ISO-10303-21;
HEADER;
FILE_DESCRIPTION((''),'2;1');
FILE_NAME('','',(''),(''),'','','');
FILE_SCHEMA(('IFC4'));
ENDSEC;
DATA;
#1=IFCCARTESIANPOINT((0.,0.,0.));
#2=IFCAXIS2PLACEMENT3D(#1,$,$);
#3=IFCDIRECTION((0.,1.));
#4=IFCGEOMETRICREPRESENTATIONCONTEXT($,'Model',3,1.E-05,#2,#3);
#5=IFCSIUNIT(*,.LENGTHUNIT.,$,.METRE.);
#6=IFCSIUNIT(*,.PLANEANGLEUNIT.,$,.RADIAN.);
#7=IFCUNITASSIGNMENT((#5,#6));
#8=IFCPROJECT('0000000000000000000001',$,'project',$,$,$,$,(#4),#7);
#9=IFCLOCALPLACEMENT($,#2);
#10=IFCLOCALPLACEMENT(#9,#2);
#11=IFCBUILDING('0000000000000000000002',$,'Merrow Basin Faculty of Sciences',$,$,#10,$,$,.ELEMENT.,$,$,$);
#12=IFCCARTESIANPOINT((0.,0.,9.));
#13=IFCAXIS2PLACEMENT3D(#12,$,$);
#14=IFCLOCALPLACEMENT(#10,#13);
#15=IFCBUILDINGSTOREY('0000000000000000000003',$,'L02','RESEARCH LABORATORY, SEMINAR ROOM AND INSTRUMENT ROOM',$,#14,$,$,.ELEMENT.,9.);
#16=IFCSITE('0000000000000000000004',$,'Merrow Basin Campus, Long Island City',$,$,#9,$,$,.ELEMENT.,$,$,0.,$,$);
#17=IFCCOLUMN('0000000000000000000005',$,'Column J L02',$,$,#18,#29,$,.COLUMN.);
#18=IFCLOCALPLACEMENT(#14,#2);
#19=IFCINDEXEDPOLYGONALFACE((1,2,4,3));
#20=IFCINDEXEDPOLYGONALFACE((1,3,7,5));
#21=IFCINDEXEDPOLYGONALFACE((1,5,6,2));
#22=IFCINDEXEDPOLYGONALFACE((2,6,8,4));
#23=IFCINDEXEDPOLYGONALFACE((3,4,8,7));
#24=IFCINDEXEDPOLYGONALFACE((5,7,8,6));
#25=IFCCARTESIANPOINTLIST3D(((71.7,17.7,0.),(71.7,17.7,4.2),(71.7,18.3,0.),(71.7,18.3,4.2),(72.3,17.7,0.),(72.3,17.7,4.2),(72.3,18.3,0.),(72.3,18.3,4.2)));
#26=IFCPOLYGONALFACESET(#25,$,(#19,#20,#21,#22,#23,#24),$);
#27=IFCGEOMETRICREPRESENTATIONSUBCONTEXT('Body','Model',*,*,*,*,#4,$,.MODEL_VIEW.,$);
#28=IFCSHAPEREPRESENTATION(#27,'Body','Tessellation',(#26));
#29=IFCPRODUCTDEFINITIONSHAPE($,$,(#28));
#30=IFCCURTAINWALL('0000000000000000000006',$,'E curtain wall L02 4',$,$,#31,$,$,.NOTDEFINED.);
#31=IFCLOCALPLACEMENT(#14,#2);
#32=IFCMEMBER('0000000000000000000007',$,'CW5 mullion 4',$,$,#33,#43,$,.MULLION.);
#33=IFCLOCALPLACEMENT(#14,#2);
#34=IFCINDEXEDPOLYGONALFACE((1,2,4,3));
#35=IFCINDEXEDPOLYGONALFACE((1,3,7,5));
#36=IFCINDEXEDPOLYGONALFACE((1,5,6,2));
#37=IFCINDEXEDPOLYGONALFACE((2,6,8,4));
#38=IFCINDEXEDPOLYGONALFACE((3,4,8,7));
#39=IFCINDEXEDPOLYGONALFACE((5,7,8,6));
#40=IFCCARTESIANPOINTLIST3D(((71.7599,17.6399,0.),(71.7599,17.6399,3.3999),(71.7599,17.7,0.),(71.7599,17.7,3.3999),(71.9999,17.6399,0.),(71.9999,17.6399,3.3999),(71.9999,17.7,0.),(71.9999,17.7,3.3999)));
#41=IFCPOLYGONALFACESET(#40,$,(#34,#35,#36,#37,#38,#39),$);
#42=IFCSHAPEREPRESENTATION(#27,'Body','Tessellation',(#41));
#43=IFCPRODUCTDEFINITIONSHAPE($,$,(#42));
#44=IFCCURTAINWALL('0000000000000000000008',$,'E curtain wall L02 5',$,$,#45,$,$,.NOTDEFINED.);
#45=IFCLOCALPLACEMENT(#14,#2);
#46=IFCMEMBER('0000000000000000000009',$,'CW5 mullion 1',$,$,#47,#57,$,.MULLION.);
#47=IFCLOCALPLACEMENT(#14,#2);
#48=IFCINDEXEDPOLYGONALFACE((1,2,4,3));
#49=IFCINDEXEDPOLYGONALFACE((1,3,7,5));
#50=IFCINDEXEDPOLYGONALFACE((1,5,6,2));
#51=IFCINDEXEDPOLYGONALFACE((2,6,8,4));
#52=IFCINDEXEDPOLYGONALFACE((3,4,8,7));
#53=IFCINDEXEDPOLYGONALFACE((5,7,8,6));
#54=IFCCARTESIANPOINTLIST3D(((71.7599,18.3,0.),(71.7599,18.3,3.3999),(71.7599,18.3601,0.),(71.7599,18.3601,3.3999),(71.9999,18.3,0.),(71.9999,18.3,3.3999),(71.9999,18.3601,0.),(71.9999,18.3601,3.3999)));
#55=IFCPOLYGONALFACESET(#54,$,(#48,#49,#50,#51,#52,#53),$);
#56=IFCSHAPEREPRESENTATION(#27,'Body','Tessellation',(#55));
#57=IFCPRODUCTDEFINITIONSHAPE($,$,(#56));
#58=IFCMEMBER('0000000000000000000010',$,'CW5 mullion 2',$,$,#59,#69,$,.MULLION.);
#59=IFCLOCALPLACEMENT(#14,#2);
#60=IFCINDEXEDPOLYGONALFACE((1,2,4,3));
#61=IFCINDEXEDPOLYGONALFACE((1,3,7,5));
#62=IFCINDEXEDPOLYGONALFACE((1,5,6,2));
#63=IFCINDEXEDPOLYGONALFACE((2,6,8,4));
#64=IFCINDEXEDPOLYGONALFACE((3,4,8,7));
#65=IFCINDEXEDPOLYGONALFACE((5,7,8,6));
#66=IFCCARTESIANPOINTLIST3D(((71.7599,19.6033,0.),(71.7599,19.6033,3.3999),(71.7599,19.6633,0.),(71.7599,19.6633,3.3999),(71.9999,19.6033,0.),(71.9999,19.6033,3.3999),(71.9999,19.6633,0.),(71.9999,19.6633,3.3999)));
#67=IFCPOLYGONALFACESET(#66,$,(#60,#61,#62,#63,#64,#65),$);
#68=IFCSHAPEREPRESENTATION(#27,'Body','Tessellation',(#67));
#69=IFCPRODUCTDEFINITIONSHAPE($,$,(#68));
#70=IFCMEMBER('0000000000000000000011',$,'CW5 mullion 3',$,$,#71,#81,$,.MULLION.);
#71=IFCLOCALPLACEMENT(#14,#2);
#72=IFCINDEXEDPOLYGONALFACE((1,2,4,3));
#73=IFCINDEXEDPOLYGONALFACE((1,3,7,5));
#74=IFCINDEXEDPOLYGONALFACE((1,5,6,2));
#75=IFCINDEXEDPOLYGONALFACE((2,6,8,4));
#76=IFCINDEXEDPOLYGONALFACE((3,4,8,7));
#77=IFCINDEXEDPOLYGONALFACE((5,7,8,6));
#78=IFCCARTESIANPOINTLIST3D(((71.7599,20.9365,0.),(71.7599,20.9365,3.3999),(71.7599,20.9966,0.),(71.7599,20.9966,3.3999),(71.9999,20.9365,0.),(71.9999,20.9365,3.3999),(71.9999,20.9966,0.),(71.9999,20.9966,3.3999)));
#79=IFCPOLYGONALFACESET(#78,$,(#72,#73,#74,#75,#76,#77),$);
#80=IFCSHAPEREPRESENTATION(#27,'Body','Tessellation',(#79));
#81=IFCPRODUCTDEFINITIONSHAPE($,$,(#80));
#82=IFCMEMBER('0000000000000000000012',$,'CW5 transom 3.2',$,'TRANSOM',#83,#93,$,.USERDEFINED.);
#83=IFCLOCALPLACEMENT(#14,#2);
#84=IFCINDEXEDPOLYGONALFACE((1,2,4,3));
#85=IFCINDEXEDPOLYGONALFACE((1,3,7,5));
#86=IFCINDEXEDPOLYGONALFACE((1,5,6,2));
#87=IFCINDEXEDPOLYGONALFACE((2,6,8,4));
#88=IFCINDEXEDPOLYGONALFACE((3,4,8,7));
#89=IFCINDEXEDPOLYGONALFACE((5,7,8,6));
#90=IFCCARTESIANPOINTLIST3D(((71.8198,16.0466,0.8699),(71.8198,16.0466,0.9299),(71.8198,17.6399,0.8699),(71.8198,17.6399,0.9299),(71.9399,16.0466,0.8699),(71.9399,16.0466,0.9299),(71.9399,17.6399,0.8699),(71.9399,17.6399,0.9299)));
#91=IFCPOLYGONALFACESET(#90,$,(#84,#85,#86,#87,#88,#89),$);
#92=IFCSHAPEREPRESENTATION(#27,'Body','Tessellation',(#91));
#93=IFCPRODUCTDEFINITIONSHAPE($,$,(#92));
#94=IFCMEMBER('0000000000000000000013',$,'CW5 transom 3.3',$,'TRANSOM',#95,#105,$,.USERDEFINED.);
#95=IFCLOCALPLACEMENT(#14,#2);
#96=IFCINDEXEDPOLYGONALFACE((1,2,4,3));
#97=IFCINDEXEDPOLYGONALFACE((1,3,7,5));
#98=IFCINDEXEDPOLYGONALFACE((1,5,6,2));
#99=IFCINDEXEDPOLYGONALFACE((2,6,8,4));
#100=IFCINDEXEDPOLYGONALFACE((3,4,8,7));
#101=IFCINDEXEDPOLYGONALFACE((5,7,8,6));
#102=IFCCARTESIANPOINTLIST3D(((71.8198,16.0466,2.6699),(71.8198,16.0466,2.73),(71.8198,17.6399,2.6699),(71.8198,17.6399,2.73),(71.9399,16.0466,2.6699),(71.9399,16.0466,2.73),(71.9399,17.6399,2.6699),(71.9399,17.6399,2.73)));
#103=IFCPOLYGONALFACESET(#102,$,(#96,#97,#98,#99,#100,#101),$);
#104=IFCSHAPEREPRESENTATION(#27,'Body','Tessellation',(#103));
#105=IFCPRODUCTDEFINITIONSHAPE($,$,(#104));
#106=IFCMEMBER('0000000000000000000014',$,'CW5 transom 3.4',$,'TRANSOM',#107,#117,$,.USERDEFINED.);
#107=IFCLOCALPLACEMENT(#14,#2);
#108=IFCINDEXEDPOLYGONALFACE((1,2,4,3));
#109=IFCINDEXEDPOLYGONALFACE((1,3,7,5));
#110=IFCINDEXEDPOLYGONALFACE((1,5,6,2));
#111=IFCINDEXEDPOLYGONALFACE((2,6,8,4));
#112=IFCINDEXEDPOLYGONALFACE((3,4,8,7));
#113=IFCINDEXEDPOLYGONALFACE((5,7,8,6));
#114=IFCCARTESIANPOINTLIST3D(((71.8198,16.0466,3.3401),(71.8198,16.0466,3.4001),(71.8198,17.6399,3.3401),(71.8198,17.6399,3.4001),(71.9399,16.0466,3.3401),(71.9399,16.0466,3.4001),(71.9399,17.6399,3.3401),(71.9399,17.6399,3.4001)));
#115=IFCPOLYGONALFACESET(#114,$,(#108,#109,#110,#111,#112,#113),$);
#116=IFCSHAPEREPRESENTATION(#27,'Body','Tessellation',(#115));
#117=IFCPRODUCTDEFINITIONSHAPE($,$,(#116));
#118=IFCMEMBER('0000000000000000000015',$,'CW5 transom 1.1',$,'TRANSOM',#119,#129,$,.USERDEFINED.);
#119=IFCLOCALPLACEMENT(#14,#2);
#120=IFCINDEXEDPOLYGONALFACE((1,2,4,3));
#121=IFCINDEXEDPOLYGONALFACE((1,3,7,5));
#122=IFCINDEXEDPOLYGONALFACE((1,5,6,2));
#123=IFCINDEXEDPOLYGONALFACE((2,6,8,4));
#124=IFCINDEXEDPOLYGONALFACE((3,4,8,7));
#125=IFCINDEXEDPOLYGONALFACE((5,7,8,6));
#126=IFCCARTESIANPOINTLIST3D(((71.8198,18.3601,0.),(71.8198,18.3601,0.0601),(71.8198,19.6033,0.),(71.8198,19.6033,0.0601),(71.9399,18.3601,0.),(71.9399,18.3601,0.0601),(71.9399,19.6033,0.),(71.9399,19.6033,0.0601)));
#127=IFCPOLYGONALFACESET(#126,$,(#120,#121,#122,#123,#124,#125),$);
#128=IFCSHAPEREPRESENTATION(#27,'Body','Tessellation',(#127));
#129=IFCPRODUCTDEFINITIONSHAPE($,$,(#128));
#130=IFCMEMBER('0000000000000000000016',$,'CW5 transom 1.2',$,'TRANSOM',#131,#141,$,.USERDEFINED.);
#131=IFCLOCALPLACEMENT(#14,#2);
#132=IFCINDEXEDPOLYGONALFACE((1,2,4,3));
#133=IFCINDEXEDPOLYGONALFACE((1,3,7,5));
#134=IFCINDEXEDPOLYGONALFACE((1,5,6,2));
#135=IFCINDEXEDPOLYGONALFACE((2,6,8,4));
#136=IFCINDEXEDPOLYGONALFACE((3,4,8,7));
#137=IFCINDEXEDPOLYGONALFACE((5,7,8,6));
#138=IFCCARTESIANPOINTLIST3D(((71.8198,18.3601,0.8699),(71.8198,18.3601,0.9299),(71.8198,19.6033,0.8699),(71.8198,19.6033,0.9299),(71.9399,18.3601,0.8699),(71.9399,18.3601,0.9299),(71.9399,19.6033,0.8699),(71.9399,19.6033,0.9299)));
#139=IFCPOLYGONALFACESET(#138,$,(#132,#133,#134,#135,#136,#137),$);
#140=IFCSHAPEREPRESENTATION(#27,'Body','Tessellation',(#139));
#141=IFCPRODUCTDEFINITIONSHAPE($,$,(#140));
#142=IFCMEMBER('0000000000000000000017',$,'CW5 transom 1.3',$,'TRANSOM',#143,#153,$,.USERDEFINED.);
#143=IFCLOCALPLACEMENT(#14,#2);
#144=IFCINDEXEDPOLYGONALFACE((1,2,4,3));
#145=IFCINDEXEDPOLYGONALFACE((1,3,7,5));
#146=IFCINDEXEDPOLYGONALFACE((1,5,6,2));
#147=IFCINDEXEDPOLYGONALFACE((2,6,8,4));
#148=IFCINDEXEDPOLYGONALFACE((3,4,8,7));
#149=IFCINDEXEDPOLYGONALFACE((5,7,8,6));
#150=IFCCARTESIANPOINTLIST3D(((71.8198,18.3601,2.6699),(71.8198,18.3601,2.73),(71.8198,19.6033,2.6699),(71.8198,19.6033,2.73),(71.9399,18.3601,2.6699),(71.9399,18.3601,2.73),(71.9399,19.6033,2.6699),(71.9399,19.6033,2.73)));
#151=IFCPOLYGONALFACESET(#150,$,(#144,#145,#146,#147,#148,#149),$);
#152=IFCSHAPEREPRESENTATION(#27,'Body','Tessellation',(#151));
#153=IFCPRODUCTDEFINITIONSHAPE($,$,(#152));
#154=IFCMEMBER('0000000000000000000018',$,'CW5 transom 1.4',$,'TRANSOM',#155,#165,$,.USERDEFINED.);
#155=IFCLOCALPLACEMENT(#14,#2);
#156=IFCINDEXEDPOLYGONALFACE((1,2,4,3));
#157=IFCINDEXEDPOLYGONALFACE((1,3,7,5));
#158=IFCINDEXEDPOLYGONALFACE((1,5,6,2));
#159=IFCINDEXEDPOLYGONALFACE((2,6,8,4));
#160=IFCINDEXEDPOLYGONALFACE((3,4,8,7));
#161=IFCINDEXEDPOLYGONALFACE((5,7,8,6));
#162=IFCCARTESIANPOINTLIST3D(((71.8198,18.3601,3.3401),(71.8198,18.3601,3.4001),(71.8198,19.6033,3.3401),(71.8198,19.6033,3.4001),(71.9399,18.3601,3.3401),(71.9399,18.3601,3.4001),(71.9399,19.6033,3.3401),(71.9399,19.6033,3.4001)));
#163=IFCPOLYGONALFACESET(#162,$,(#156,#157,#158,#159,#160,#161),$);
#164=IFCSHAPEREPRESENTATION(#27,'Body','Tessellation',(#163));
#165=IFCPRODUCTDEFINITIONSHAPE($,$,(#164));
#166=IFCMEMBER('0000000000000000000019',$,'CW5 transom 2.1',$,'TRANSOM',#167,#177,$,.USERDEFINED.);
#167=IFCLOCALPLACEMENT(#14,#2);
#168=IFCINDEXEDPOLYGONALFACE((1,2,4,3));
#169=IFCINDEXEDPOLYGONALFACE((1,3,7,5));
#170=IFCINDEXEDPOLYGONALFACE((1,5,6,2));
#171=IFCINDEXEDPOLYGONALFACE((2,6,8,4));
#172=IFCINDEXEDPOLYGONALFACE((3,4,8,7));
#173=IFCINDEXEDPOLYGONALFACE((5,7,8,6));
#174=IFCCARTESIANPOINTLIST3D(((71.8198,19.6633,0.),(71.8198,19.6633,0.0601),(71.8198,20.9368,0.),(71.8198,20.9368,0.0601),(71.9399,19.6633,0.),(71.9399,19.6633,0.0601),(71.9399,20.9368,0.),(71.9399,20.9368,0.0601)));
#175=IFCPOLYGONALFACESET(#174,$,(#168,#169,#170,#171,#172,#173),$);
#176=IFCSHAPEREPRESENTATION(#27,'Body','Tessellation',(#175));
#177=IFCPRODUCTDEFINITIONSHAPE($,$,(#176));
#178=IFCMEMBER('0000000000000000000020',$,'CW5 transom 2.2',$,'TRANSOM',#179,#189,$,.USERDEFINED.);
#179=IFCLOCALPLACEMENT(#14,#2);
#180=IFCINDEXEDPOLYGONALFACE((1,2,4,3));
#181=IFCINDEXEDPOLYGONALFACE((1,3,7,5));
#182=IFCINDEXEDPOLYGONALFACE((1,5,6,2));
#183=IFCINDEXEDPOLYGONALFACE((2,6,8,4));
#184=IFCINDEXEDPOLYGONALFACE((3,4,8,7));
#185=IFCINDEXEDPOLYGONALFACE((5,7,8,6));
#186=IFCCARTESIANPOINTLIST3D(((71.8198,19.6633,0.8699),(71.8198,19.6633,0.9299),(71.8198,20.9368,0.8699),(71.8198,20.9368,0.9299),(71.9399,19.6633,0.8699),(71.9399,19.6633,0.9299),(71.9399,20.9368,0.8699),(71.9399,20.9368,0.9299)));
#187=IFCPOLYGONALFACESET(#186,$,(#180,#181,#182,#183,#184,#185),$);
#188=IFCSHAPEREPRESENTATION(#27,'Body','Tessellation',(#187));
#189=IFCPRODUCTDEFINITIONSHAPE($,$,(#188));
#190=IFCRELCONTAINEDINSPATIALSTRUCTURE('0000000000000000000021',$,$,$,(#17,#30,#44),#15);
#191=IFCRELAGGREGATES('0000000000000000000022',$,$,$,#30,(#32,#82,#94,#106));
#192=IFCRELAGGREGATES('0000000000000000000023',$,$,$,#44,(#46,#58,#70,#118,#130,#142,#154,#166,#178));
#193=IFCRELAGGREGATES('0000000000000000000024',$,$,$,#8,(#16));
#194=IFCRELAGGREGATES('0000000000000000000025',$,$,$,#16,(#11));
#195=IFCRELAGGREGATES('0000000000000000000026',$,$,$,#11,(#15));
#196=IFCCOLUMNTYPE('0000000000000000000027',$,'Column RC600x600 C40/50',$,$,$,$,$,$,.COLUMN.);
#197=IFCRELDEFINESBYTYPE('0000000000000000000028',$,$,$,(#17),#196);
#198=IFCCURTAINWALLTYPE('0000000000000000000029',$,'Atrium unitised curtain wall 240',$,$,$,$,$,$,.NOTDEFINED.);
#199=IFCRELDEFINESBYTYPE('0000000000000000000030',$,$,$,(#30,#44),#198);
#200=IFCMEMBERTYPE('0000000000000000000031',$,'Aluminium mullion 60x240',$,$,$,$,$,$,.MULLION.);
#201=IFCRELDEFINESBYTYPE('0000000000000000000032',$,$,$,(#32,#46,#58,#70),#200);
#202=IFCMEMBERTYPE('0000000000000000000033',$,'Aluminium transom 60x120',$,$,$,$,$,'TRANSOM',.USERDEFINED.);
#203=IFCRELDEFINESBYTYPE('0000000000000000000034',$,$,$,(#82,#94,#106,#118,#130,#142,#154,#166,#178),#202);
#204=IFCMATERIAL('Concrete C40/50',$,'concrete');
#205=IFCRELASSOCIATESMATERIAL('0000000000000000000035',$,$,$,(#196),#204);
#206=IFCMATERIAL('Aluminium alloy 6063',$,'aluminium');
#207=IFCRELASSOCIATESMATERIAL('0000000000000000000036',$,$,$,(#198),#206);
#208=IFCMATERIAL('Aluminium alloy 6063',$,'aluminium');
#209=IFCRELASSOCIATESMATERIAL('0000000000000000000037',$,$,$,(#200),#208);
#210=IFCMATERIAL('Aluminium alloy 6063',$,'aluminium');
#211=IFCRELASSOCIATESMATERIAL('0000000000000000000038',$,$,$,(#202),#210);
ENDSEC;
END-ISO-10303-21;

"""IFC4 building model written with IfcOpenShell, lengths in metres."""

from ifc_helpers import new_model, si_unit, direction, frame, origin, origin_2d, place, context, subcontext, project, spatial, rectangle, extrude, material, material_profile, profile_set, type_object, element, aggregate, save


model = new_model("IFC4")

# Units and contexts
model_context = context("Model", 3, precision=1e-05, world=origin(), true_north=direction((0.0, 1.0)))
body_context = subcontext(model_context, "Body", "Model", "MODEL_VIEW")
ifc_project = project(units=[si_unit("LENGTHUNIT", "METRE"), si_unit("PLANEANGLEUNIT", "RADIAN")], contexts=[model_context])

# Site, building, storey
site_placement = place(None, origin())
site = spatial("IfcSite", under=ifc_project, at=site_placement, Name="Merrow Basin Campus, Long Island City", CompositionType="ELEMENT", RefElevation=0.0)
building_placement = place(site_placement, origin())
building = spatial("IfcBuilding", under=site, at=building_placement, Name="Merrow Basin Faculty of Sciences", CompositionType="ELEMENT")
storey_placement = place(building_placement, frame((0.0, 0.0, 9.0)))
storey = spatial("IfcBuildingStorey", under=building, at=storey_placement, Name="L02", Description="RESEARCH LABORATORY, SEMINAR ROOM AND INSTRUMENT ROOM", CompositionType="ELEMENT", Elevation=9.0)

# Column
ifc_material_1 = material(Name="Concrete C40/50", Category="concrete")
ifc_material_profile_1 = material_profile(ifc_material_1, rectangle(XDim=0.6001, YDim=0.6001, at=origin_2d()))
ifc_profile_set_1 = profile_set([ifc_material_profile_1], Name="Concrete C40/50")
column_type = type_object("IfcColumnType", Name="Column RC600x600 C40/50", PredefinedType="COLUMN", material=ifc_profile_set_1)
column_placement = place(storey_placement, frame((72.0, 18.0, 0.0), z_axis=(0.0, 0.0, 1.0), x_axis=(1.0, 0.0, 0.0)))
element("IfcColumn", 1, at=column_placement, inside=storey, type_object=column_type, Name="Column J L02", PredefinedType="COLUMN", context=body_context, shape_type="SweptSolid", body=[
    extrude(rectangle(XDim=0.6001, YDim=0.6001, at=origin_2d()), origin(), (0.0, 0.0, 1.0), 4.2),
])

# Curtain wall, member
ifc_material_2 = material(Name="Aluminium alloy 6063", Category="aluminium")
curtain_wall_type = type_object("IfcCurtainWallType", Name="Atrium unitised curtain wall 240", PredefinedType="NOTDEFINED", material=ifc_material_2)
curtain_wall_1_placement = place(storey_placement, origin())
curtain_wall_1 = element("IfcCurtainWall", 2, at=curtain_wall_1_placement, inside=storey, type_object=curtain_wall_type, Name="E curtain wall L02 4", PredefinedType="NOTDEFINED")
ifc_material_3 = material(Name="Aluminium alloy 6063", Category="aluminium")
ifc_material_profile_2 = material_profile(ifc_material_3, rectangle(XDim=0.24, YDim=0.0601, at=origin_2d()))
ifc_profile_set_2 = profile_set([ifc_material_profile_2], Name="Aluminium alloy 6063")
member_type_1 = type_object("IfcMemberType", Name="Aluminium mullion 60x240", PredefinedType="MULLION", material=ifc_profile_set_2)
member_1_placement = place(storey_placement, frame((71.8799, 17.6699, 0.0), z_axis=(0.0, 0.0, 1.0), x_axis=(-1.0, 0.0, 0.0)))
member_1 = element("IfcMember", 3, at=member_1_placement, type_object=member_type_1, Name="CW5 mullion 4", PredefinedType="MULLION", context=body_context, shape_type="SweptSolid", body=[
    extrude(rectangle(XDim=0.24, YDim=0.0601, at=origin_2d()), origin(), (0.0, 0.0, 1.0), 3.3999),
])

# Curtain wall, members
curtain_wall_2_placement = place(storey_placement, origin())
curtain_wall_2 = element("IfcCurtainWall", 4, at=curtain_wall_2_placement, inside=storey, type_object=curtain_wall_type, Name="E curtain wall L02 5", PredefinedType="NOTDEFINED")
member_2_placement = place(storey_placement, frame((71.8799, 18.3301, 0.0), z_axis=(0.0, 0.0, 1.0), x_axis=(-1.0, 0.0, 0.0)))
member_2 = element("IfcMember", 5, at=member_2_placement, type_object=member_type_1, Name="CW5 mullion 1", PredefinedType="MULLION", context=body_context, shape_type="SweptSolid", body=[
    extrude(rectangle(XDim=0.24, YDim=0.0601, at=origin_2d()), origin(), (0.0, 0.0, 1.0), 3.3999),
])
member_3_placement = place(storey_placement, frame((71.8799, 19.6333, 0.0), z_axis=(0.0, 0.0, 1.0), x_axis=(-1.0, 0.0, 0.0)))
member_3 = element("IfcMember", 6, at=member_3_placement, type_object=member_type_1, Name="CW5 mullion 2", PredefinedType="MULLION", context=body_context, shape_type="SweptSolid", body=[
    extrude(rectangle(XDim=0.24, YDim=0.0601, at=origin_2d()), origin(), (0.0, 0.0, 1.0), 3.3999),
])
member_4_placement = place(storey_placement, frame((71.8799, 20.9666, 0.0), z_axis=(0.0, 0.0, 1.0), x_axis=(-1.0, 0.0, 0.0)))
member_4 = element("IfcMember", 7, at=member_4_placement, type_object=member_type_1, Name="CW5 mullion 3", PredefinedType="MULLION", context=body_context, shape_type="SweptSolid", body=[
    extrude(rectangle(XDim=0.24, YDim=0.0601, at=origin_2d()), origin(), (0.0, 0.0, 1.0), 3.3999),
])

# Members
ifc_material_4 = material(Name="Aluminium alloy 6063", Category="aluminium")
ifc_material_profile_3 = material_profile(ifc_material_4, rectangle(XDim=0.1201, YDim=0.0601, at=origin_2d()))
ifc_profile_set_3 = profile_set([ifc_material_profile_3], Name="Aluminium alloy 6063")
member_type_2 = type_object("IfcMemberType", Name="Aluminium transom 60x120", ElementType="TRANSOM", PredefinedType="USERDEFINED", material=ifc_profile_set_3)
member_5_placement = place(storey_placement, frame((71.8799, 16.0466, 0.8999), z_axis=(0.0, 1.0, 0.0), x_axis=(-1.0, 0.0, 0.0)))
member_5 = element("IfcMember", 8, at=member_5_placement, type_object=member_type_2, Name="CW5 transom 3.2", ObjectType="TRANSOM", PredefinedType="USERDEFINED", context=body_context, shape_type="SweptSolid", body=[
    extrude(rectangle(XDim=0.1201, YDim=0.0601, at=origin_2d()), origin(), (0.0, 0.0, 1.0), 1.5933),
])
member_6_placement = place(storey_placement, frame((71.8799, 16.0466, 2.7), z_axis=(0.0, 1.0, 0.0), x_axis=(-1.0, 0.0, 0.0)))
member_6 = element("IfcMember", 9, at=member_6_placement, type_object=member_type_2, Name="CW5 transom 3.3", ObjectType="TRANSOM", PredefinedType="USERDEFINED", context=body_context, shape_type="SweptSolid", body=[
    extrude(rectangle(XDim=0.1201, YDim=0.0601, at=origin_2d()), origin(), (0.0, 0.0, 1.0), 1.5933),
])
member_7_placement = place(storey_placement, frame((71.8799, 16.0466, 3.3701), z_axis=(0.0, 1.0, 0.0), x_axis=(-1.0, 0.0, 0.0)))
member_7 = element("IfcMember", 10, at=member_7_placement, type_object=member_type_2, Name="CW5 transom 3.4", ObjectType="TRANSOM", PredefinedType="USERDEFINED", context=body_context, shape_type="SweptSolid", body=[
    extrude(rectangle(XDim=0.1201, YDim=0.0601, at=origin_2d()), origin(), (0.0, 0.0, 1.0), 1.5933),
])
member_8_placement = place(storey_placement, frame((71.8799, 18.3601, 0.03), z_axis=(0.0, 1.0, 0.0), x_axis=(-1.0, 0.0, 0.0)))
member_8 = element("IfcMember", 11, at=member_8_placement, type_object=member_type_2, Name="CW5 transom 1.1", ObjectType="TRANSOM", PredefinedType="USERDEFINED", context=body_context, shape_type="SweptSolid", body=[
    extrude(rectangle(XDim=0.1201, YDim=0.0601, at=origin_2d()), origin(), (0.0, 0.0, 1.0), 1.2432),
])
member_9_placement = place(storey_placement, frame((71.8799, 18.3601, 0.8999), z_axis=(0.0, 1.0, 0.0), x_axis=(-1.0, 0.0, 0.0)))
member_9 = element("IfcMember", 12, at=member_9_placement, type_object=member_type_2, Name="CW5 transom 1.2", ObjectType="TRANSOM", PredefinedType="USERDEFINED", context=body_context, shape_type="SweptSolid", body=[
    extrude(rectangle(XDim=0.1201, YDim=0.0601, at=origin_2d()), origin(), (0.0, 0.0, 1.0), 1.2432),
])
member_10_placement = place(storey_placement, frame((71.8799, 18.3601, 2.7), z_axis=(0.0, 1.0, 0.0), x_axis=(-1.0, 0.0, 0.0)))
member_10 = element("IfcMember", 13, at=member_10_placement, type_object=member_type_2, Name="CW5 transom 1.3", ObjectType="TRANSOM", PredefinedType="USERDEFINED", context=body_context, shape_type="SweptSolid", body=[
    extrude(rectangle(XDim=0.1201, YDim=0.0601, at=origin_2d()), origin(), (0.0, 0.0, 1.0), 1.2432),
])
member_11_placement = place(storey_placement, frame((71.8799, 18.3601, 3.3701), z_axis=(0.0, 1.0, 0.0), x_axis=(-1.0, 0.0, 0.0)))
member_11 = element("IfcMember", 14, at=member_11_placement, type_object=member_type_2, Name="CW5 transom 1.4", ObjectType="TRANSOM", PredefinedType="USERDEFINED", context=body_context, shape_type="SweptSolid", body=[
    extrude(rectangle(XDim=0.1201, YDim=0.0601, at=origin_2d()), origin(), (0.0, 0.0, 1.0), 1.2432),
])
member_12_placement = place(storey_placement, frame((71.8799, 19.6633, 0.03), z_axis=(0.0, 1.0, 0.0), x_axis=(-1.0, 0.0, 0.0)))
member_12 = element("IfcMember", 15, at=member_12_placement, type_object=member_type_2, Name="CW5 transom 2.1", ObjectType="TRANSOM", PredefinedType="USERDEFINED", context=body_context, shape_type="SweptSolid", body=[
    extrude(rectangle(XDim=0.1201, YDim=0.0601, at=origin_2d()), origin(), (0.0, 0.0, 1.0), 1.2734),
])
member_13_placement = place(storey_placement, frame((71.8799, 19.6633, 0.8999), z_axis=(0.0, 1.0, 0.0), x_axis=(-1.0, 0.0, 0.0)))
member_13 = element("IfcMember", 16, at=member_13_placement, type_object=member_type_2, Name="CW5 transom 2.2", ObjectType="TRANSOM", PredefinedType="USERDEFINED", context=body_context, shape_type="SweptSolid", body=[
    extrude(rectangle(XDim=0.1201, YDim=0.0601, at=origin_2d()), origin(), (0.0, 0.0, 1.0), 1.2734),
])

aggregate(curtain_wall_1, [member_1, member_5, member_6, member_7])
aggregate(curtain_wall_2, [member_2, member_3, member_4, member_8, member_9, member_10, member_11, member_12, member_13])

save(model, "model.ifc")
